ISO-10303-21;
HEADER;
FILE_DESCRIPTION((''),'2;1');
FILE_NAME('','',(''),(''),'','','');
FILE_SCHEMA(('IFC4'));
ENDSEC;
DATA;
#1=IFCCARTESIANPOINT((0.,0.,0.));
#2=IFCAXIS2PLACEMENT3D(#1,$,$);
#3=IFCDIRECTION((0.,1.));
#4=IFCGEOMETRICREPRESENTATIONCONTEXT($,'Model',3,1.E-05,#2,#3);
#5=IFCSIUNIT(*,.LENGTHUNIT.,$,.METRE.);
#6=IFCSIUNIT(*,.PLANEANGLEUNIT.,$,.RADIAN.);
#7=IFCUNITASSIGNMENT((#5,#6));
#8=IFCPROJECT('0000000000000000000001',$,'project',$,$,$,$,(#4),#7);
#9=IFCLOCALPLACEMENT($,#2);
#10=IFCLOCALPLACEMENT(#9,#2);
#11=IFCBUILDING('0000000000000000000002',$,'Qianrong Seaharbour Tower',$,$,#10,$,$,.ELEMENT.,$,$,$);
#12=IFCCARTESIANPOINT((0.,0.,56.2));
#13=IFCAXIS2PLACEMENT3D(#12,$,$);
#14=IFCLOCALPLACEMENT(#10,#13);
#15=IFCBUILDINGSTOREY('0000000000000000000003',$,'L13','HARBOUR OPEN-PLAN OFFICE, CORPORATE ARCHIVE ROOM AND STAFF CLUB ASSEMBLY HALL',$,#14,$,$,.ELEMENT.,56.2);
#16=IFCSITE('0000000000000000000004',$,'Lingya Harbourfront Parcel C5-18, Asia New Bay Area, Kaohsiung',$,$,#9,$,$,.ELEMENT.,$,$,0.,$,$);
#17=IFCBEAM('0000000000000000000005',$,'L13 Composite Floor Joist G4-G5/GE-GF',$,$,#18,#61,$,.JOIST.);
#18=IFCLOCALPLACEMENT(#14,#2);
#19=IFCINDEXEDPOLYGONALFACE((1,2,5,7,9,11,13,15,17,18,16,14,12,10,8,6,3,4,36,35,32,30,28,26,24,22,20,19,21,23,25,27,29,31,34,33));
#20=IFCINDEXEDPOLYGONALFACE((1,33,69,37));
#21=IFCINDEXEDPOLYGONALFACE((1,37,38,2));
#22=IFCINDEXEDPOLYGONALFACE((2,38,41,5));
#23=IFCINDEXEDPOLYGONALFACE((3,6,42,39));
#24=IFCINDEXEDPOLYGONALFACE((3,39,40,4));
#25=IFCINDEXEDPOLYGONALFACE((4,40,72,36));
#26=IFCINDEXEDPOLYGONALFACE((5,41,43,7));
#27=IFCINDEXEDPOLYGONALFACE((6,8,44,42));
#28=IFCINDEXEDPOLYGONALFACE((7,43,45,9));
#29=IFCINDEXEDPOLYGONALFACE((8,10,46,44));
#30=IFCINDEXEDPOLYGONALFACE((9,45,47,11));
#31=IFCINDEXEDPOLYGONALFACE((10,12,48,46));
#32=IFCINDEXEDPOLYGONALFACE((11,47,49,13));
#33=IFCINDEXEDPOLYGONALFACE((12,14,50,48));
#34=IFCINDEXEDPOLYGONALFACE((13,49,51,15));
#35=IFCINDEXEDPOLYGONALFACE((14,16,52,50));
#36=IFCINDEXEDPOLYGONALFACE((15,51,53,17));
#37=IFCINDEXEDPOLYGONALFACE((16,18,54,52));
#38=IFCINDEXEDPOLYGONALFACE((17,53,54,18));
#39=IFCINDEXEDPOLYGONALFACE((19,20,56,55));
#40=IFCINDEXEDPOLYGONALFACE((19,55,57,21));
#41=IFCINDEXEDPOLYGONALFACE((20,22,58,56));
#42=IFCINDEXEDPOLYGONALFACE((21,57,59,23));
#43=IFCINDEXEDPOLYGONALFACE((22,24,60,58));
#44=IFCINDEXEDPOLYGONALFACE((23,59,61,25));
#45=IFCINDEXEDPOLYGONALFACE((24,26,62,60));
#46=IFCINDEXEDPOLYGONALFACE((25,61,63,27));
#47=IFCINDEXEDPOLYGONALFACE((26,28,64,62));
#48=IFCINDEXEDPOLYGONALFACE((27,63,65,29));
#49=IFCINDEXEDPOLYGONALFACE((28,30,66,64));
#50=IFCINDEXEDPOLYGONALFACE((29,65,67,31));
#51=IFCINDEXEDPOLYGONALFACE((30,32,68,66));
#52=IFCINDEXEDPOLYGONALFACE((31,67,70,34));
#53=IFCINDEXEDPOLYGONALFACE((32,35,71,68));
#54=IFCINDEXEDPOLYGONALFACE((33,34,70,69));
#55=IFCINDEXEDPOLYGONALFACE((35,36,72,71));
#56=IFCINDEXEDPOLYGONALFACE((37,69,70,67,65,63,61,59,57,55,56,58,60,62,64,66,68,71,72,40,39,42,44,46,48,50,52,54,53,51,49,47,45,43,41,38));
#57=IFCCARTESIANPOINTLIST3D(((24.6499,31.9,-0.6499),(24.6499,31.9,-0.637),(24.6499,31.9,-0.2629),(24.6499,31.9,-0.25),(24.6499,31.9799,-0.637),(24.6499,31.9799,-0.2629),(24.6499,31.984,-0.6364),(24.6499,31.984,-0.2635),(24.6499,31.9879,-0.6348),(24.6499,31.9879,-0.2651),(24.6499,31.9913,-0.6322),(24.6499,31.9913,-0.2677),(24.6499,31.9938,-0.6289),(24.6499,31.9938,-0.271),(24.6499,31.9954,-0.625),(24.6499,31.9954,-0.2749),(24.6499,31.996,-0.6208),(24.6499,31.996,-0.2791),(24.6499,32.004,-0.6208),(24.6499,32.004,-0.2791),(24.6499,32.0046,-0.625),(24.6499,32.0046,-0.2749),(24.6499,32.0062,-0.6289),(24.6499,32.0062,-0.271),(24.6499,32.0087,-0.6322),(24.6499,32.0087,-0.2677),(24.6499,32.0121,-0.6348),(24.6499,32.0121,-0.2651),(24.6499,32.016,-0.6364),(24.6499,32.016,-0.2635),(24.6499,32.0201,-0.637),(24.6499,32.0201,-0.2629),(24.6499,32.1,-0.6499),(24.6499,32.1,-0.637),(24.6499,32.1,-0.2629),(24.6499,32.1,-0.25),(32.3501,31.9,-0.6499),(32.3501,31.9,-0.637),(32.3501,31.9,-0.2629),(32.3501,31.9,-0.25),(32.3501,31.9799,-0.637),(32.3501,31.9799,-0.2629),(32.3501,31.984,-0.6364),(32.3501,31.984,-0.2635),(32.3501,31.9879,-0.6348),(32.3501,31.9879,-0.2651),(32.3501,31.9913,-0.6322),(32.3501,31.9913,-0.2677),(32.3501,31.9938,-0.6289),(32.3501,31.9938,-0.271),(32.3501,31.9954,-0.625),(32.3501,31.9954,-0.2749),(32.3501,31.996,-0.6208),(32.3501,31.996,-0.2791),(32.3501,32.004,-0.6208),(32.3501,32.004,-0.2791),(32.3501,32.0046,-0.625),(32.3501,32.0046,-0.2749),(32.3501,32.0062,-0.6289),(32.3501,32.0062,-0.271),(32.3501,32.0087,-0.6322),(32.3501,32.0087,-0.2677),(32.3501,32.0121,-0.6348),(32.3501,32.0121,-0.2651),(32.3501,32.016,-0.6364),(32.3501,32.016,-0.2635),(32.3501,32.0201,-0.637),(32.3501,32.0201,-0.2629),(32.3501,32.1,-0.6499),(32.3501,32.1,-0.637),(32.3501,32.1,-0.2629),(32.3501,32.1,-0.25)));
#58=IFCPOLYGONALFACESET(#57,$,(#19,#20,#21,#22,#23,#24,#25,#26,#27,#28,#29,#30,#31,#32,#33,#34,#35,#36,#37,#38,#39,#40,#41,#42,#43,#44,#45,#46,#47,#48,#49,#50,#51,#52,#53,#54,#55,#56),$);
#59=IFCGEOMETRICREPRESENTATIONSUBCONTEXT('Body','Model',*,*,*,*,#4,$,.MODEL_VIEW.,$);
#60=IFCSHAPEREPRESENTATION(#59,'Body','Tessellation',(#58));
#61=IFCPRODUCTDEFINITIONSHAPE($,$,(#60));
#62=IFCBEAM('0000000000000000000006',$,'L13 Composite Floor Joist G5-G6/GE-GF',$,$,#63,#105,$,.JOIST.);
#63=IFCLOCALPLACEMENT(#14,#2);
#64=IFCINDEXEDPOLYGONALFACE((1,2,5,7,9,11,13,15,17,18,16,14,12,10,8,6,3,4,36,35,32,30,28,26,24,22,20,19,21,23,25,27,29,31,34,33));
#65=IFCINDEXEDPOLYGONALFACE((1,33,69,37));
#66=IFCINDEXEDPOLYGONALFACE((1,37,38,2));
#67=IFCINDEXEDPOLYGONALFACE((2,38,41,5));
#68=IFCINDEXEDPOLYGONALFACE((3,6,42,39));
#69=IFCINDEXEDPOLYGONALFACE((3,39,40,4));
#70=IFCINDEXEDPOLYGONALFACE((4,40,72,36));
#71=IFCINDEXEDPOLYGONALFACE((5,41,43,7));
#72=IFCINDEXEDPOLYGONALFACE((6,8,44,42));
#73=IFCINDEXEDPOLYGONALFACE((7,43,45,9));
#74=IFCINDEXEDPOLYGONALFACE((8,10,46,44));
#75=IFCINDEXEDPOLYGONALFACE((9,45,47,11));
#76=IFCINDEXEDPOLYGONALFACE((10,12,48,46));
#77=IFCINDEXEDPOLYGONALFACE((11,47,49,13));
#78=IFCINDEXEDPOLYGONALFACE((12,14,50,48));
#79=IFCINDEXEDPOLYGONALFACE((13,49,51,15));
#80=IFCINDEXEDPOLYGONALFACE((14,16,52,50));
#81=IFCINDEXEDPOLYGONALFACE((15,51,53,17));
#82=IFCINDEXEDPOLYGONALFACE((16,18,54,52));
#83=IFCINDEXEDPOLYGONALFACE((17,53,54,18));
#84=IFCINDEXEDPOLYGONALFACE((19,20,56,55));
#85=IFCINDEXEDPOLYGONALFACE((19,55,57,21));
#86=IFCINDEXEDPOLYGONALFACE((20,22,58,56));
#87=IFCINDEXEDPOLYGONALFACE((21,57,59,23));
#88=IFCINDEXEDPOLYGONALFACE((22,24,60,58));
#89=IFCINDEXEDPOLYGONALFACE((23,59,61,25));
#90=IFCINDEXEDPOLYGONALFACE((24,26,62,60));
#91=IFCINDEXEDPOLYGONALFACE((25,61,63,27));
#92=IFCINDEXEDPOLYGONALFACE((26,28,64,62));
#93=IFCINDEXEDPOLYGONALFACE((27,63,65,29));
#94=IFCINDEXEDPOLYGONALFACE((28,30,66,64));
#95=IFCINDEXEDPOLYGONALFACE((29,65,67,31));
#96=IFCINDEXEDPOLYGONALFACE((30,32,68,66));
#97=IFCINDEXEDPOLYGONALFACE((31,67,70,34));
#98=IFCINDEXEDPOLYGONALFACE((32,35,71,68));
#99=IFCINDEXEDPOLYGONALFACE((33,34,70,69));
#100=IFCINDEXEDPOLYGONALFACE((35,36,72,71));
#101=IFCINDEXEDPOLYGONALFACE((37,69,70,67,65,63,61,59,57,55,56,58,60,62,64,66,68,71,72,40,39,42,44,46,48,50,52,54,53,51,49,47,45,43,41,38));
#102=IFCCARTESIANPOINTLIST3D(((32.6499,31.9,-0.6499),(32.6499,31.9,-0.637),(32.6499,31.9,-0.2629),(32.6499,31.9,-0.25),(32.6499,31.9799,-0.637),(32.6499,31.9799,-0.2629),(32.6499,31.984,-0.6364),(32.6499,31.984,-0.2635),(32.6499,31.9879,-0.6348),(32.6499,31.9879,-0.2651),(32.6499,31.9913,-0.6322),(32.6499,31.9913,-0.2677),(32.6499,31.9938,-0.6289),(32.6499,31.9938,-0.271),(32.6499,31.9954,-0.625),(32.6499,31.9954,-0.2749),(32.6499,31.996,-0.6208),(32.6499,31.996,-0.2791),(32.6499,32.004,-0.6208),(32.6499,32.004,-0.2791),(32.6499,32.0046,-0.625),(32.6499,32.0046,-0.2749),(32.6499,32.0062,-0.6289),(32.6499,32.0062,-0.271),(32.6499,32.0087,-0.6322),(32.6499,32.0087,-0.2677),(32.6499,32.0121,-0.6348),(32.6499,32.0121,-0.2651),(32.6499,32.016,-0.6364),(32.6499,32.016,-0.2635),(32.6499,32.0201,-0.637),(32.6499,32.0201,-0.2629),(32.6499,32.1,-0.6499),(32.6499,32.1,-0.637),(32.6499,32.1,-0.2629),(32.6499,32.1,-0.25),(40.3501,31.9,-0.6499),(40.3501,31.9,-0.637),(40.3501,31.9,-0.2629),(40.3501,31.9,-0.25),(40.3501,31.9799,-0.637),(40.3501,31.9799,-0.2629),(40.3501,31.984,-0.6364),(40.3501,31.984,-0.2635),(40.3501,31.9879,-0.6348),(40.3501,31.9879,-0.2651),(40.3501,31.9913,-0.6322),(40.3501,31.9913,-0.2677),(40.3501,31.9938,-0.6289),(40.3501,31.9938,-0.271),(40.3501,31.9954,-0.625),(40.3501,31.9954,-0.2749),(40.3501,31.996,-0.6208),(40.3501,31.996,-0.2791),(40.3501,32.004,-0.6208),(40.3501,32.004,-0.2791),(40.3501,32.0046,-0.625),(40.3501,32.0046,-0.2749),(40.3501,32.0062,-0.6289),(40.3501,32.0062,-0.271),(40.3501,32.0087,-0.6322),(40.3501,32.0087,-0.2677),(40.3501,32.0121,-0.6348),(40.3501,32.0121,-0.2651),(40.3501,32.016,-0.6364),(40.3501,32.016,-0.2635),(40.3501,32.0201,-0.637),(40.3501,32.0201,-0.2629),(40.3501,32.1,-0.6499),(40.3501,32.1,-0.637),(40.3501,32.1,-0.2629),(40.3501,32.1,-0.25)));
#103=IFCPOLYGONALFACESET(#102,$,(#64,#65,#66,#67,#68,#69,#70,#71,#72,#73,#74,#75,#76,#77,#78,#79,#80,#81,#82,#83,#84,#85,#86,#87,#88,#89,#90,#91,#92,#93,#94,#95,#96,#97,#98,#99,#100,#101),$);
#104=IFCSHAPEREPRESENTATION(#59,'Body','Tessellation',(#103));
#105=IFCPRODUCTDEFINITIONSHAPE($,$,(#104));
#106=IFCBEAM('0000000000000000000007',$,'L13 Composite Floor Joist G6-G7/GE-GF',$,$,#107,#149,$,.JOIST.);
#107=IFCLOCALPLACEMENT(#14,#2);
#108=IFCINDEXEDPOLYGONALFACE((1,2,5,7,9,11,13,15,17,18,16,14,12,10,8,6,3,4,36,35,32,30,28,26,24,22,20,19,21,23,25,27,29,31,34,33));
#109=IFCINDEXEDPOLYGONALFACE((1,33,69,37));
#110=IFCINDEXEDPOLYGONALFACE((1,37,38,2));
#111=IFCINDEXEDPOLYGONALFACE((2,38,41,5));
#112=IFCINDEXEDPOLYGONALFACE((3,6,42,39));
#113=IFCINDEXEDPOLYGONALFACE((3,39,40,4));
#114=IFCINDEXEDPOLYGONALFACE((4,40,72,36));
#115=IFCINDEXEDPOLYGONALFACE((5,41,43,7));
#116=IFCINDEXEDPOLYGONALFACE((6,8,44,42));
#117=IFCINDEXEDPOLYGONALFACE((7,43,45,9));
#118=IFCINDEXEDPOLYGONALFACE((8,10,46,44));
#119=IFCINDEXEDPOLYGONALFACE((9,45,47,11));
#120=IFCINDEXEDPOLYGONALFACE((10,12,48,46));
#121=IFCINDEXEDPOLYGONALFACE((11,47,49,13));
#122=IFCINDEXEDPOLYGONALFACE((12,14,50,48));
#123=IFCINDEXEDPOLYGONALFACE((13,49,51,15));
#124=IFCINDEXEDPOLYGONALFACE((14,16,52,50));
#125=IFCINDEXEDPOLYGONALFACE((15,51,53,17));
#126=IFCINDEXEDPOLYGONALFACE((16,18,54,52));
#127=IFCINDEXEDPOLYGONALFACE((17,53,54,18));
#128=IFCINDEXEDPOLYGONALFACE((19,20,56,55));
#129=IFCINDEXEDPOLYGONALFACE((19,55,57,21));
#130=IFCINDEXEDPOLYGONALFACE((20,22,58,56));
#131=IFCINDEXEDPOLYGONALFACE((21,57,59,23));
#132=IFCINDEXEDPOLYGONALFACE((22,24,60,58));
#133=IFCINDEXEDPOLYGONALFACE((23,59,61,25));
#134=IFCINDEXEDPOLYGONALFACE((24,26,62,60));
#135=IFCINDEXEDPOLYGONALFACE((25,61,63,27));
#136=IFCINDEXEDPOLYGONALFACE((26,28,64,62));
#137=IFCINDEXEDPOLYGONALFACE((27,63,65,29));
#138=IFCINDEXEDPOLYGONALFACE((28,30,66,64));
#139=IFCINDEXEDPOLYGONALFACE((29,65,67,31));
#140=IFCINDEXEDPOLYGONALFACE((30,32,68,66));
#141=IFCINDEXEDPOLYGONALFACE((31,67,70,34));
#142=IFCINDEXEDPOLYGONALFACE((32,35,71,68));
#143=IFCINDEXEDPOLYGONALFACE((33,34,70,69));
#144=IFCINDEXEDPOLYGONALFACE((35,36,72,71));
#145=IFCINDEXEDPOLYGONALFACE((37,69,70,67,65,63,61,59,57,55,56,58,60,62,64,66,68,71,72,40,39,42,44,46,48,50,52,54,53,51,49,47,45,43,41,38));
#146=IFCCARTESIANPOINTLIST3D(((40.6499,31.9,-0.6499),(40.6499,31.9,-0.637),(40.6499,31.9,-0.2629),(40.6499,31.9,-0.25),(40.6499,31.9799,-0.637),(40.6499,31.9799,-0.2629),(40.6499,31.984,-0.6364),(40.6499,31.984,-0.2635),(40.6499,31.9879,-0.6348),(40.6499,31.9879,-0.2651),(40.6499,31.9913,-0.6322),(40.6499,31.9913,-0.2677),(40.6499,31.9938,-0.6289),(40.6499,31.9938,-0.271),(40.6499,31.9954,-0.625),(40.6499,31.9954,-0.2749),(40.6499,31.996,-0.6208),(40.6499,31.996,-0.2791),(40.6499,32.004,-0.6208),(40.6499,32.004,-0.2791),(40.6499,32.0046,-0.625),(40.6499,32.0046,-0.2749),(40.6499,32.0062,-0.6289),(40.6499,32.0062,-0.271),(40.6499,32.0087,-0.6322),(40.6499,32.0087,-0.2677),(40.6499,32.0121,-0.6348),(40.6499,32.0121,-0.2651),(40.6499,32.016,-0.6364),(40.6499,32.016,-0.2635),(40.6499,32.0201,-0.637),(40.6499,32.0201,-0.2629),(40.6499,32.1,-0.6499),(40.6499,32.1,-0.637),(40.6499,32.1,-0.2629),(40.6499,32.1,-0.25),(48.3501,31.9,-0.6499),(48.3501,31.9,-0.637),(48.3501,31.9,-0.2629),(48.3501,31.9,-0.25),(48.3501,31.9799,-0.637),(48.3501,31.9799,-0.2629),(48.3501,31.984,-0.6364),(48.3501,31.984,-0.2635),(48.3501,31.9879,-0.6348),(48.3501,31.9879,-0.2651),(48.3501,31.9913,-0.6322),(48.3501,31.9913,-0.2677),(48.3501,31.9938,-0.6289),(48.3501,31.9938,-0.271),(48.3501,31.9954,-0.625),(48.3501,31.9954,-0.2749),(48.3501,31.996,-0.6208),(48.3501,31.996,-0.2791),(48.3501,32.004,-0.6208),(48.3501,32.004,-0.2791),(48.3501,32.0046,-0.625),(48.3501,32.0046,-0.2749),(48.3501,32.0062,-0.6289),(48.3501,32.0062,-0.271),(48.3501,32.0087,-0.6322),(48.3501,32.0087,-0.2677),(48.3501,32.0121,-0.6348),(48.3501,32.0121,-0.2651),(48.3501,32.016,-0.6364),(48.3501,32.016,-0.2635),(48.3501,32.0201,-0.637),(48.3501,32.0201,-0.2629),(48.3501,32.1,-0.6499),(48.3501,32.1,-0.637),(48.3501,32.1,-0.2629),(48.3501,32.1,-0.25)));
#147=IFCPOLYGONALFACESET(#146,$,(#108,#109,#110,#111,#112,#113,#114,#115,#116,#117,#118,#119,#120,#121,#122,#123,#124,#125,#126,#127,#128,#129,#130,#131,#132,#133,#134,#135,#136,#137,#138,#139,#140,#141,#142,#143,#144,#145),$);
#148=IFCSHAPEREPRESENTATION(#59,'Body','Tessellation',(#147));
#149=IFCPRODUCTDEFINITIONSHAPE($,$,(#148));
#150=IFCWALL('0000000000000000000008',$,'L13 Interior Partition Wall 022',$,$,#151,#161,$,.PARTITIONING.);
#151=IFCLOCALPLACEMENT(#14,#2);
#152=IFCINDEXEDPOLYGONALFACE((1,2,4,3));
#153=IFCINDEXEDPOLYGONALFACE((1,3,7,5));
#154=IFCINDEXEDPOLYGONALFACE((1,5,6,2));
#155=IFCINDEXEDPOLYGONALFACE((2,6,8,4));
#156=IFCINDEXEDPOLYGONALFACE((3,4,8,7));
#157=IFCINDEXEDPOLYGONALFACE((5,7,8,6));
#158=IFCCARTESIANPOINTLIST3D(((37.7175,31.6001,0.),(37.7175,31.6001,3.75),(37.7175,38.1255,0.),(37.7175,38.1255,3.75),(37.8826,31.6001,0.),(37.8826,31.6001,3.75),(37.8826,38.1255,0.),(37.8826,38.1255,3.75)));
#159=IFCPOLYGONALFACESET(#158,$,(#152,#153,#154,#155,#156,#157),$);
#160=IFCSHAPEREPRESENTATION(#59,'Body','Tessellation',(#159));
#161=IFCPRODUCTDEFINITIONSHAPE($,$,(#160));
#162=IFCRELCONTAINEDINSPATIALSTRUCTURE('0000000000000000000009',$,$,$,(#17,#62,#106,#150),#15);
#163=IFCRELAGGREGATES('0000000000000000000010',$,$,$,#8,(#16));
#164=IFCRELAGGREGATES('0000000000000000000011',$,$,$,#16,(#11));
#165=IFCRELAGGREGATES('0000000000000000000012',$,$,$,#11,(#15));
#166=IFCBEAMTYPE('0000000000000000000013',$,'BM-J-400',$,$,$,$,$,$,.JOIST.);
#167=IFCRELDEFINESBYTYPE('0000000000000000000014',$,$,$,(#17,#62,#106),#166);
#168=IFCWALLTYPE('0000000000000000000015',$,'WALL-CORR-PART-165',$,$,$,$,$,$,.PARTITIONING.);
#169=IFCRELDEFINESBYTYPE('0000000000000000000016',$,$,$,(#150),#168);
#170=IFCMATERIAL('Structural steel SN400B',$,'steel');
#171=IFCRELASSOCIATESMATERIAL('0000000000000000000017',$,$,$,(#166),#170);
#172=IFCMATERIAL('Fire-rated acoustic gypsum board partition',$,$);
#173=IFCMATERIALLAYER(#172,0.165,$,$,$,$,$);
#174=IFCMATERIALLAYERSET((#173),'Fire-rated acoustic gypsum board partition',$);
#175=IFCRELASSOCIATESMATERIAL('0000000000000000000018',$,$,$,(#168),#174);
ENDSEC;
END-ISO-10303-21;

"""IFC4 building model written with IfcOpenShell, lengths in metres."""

from ifc_helpers import new_model, si_unit, direction, frame, frame_2d, origin, origin_2d, place, context, subcontext, project, spatial, rectangle, i_section, extrude, material, layer, layer_set, material_profile, profile_set, type_object, element, save


model = new_model("IFC4")

# Units and contexts
model_context = context("Model", 3, precision=1e-05, world=origin(), true_north=direction((0.0, 1.0)))
body_context = subcontext(model_context, "Body", "Model", "MODEL_VIEW")
ifc_project = project(units=[si_unit("LENGTHUNIT", "METRE"), si_unit("PLANEANGLEUNIT", "RADIAN")], contexts=[model_context])

# Site, building, storey
site_placement = place(None, origin())
site = spatial("IfcSite", under=ifc_project, at=site_placement, Name="Lingya Harbourfront Parcel C5-18, Asia New Bay Area, Kaohsiung", CompositionType="ELEMENT", RefElevation=0.0)
building_placement = place(site_placement, origin())
building = spatial("IfcBuilding", under=site, at=building_placement, Name="Qianrong Seaharbour Tower", CompositionType="ELEMENT")
storey_placement = place(building_placement, frame((0.0, 0.0, 56.2)))
storey = spatial("IfcBuildingStorey", under=building, at=storey_placement, Name="L13", Description="HARBOUR OPEN-PLAN OFFICE, CORPORATE ARCHIVE ROOM AND STAFF CLUB ASSEMBLY HALL", CompositionType="ELEMENT", Elevation=56.2)

# Beams
ifc_material_1 = material(Name="Structural steel SN400B", Category="steel")
ifc_material_profile_1 = material_profile(ifc_material_1, i_section(OverallWidth=0.2, OverallDepth=0.3999, WebThickness=0.0081, FlangeThickness=0.0129, FilletRadius=0.0161, at=origin_2d()), Name="H400x200x8x13")
ifc_profile_set_1 = profile_set([ifc_material_profile_1], Name="Structural steel SN400B")
beam_type_1 = type_object("IfcBeamType", Name="BM-J-400", PredefinedType="JOIST", material=ifc_profile_set_1)
for number, where, z_axis, x_axis, name in (
    (1, (24.6499, 32.0, -0.45), (1.0, 0.0, 0.0), (0.0, 1.0, 0.0), "L13 Composite Floor Joist G4-G5/GE-GF"),
    (2, (32.6499, 32.0, -0.45), (1.0, 0.0, 0.0), (0.0, 1.0, 0.0), "L13 Composite Floor Joist G5-G6/GE-GF"),
    (3, (40.6499, 32.0, -0.45), (1.0, 0.0, 0.0), (0.0, 1.0, 0.0), "L13 Composite Floor Joist G6-G7/GE-GF"),
):
    element("IfcBeam", number, at=place(storey_placement, frame(where, z_axis=z_axis, x_axis=x_axis)), inside=storey, type_object=beam_type_1, Name=name, PredefinedType="JOIST", context=body_context, shape_type="SweptSolid", body=[
        extrude(i_section(OverallWidth=0.2, OverallDepth=0.3999, WebThickness=0.0081, FlangeThickness=0.0129, FilletRadius=0.0161, at=origin_2d()), origin(), (0.0, 0.0, 1.0), 7.7002),
    ])

# Wall
ifc_material_2 = material(Name="Fire-rated acoustic gypsum board partition")
ifc_layer_1 = layer(ifc_material_2, 0.165)
ifc_layer_set_1 = layer_set([ifc_layer_1], Name="Fire-rated acoustic gypsum board partition")
wall_type_1 = type_object("IfcWallType", Name="WALL-CORR-PART-165", PredefinedType="PARTITIONING", material=ifc_layer_set_1)
wall_1_placement = place(storey_placement, frame((37.8, 31.6001, 0.0), z_axis=(0.0, 0.0, 1.0), x_axis=(0.0, 1.0, 0.0)))
element("IfcWall", 4, at=wall_1_placement, inside=storey, type_object=wall_type_1, Name="L13 Interior Partition Wall 022", PredefinedType="PARTITIONING", context=body_context, shape_type="SweptSolid", body=[
    extrude(rectangle(XDim=6.5254, YDim=0.165, at=frame_2d((3.2627, 0.0))), origin(), (0.0, 0.0, 1.0), 3.75),
])

save(model, "model.ifc")
